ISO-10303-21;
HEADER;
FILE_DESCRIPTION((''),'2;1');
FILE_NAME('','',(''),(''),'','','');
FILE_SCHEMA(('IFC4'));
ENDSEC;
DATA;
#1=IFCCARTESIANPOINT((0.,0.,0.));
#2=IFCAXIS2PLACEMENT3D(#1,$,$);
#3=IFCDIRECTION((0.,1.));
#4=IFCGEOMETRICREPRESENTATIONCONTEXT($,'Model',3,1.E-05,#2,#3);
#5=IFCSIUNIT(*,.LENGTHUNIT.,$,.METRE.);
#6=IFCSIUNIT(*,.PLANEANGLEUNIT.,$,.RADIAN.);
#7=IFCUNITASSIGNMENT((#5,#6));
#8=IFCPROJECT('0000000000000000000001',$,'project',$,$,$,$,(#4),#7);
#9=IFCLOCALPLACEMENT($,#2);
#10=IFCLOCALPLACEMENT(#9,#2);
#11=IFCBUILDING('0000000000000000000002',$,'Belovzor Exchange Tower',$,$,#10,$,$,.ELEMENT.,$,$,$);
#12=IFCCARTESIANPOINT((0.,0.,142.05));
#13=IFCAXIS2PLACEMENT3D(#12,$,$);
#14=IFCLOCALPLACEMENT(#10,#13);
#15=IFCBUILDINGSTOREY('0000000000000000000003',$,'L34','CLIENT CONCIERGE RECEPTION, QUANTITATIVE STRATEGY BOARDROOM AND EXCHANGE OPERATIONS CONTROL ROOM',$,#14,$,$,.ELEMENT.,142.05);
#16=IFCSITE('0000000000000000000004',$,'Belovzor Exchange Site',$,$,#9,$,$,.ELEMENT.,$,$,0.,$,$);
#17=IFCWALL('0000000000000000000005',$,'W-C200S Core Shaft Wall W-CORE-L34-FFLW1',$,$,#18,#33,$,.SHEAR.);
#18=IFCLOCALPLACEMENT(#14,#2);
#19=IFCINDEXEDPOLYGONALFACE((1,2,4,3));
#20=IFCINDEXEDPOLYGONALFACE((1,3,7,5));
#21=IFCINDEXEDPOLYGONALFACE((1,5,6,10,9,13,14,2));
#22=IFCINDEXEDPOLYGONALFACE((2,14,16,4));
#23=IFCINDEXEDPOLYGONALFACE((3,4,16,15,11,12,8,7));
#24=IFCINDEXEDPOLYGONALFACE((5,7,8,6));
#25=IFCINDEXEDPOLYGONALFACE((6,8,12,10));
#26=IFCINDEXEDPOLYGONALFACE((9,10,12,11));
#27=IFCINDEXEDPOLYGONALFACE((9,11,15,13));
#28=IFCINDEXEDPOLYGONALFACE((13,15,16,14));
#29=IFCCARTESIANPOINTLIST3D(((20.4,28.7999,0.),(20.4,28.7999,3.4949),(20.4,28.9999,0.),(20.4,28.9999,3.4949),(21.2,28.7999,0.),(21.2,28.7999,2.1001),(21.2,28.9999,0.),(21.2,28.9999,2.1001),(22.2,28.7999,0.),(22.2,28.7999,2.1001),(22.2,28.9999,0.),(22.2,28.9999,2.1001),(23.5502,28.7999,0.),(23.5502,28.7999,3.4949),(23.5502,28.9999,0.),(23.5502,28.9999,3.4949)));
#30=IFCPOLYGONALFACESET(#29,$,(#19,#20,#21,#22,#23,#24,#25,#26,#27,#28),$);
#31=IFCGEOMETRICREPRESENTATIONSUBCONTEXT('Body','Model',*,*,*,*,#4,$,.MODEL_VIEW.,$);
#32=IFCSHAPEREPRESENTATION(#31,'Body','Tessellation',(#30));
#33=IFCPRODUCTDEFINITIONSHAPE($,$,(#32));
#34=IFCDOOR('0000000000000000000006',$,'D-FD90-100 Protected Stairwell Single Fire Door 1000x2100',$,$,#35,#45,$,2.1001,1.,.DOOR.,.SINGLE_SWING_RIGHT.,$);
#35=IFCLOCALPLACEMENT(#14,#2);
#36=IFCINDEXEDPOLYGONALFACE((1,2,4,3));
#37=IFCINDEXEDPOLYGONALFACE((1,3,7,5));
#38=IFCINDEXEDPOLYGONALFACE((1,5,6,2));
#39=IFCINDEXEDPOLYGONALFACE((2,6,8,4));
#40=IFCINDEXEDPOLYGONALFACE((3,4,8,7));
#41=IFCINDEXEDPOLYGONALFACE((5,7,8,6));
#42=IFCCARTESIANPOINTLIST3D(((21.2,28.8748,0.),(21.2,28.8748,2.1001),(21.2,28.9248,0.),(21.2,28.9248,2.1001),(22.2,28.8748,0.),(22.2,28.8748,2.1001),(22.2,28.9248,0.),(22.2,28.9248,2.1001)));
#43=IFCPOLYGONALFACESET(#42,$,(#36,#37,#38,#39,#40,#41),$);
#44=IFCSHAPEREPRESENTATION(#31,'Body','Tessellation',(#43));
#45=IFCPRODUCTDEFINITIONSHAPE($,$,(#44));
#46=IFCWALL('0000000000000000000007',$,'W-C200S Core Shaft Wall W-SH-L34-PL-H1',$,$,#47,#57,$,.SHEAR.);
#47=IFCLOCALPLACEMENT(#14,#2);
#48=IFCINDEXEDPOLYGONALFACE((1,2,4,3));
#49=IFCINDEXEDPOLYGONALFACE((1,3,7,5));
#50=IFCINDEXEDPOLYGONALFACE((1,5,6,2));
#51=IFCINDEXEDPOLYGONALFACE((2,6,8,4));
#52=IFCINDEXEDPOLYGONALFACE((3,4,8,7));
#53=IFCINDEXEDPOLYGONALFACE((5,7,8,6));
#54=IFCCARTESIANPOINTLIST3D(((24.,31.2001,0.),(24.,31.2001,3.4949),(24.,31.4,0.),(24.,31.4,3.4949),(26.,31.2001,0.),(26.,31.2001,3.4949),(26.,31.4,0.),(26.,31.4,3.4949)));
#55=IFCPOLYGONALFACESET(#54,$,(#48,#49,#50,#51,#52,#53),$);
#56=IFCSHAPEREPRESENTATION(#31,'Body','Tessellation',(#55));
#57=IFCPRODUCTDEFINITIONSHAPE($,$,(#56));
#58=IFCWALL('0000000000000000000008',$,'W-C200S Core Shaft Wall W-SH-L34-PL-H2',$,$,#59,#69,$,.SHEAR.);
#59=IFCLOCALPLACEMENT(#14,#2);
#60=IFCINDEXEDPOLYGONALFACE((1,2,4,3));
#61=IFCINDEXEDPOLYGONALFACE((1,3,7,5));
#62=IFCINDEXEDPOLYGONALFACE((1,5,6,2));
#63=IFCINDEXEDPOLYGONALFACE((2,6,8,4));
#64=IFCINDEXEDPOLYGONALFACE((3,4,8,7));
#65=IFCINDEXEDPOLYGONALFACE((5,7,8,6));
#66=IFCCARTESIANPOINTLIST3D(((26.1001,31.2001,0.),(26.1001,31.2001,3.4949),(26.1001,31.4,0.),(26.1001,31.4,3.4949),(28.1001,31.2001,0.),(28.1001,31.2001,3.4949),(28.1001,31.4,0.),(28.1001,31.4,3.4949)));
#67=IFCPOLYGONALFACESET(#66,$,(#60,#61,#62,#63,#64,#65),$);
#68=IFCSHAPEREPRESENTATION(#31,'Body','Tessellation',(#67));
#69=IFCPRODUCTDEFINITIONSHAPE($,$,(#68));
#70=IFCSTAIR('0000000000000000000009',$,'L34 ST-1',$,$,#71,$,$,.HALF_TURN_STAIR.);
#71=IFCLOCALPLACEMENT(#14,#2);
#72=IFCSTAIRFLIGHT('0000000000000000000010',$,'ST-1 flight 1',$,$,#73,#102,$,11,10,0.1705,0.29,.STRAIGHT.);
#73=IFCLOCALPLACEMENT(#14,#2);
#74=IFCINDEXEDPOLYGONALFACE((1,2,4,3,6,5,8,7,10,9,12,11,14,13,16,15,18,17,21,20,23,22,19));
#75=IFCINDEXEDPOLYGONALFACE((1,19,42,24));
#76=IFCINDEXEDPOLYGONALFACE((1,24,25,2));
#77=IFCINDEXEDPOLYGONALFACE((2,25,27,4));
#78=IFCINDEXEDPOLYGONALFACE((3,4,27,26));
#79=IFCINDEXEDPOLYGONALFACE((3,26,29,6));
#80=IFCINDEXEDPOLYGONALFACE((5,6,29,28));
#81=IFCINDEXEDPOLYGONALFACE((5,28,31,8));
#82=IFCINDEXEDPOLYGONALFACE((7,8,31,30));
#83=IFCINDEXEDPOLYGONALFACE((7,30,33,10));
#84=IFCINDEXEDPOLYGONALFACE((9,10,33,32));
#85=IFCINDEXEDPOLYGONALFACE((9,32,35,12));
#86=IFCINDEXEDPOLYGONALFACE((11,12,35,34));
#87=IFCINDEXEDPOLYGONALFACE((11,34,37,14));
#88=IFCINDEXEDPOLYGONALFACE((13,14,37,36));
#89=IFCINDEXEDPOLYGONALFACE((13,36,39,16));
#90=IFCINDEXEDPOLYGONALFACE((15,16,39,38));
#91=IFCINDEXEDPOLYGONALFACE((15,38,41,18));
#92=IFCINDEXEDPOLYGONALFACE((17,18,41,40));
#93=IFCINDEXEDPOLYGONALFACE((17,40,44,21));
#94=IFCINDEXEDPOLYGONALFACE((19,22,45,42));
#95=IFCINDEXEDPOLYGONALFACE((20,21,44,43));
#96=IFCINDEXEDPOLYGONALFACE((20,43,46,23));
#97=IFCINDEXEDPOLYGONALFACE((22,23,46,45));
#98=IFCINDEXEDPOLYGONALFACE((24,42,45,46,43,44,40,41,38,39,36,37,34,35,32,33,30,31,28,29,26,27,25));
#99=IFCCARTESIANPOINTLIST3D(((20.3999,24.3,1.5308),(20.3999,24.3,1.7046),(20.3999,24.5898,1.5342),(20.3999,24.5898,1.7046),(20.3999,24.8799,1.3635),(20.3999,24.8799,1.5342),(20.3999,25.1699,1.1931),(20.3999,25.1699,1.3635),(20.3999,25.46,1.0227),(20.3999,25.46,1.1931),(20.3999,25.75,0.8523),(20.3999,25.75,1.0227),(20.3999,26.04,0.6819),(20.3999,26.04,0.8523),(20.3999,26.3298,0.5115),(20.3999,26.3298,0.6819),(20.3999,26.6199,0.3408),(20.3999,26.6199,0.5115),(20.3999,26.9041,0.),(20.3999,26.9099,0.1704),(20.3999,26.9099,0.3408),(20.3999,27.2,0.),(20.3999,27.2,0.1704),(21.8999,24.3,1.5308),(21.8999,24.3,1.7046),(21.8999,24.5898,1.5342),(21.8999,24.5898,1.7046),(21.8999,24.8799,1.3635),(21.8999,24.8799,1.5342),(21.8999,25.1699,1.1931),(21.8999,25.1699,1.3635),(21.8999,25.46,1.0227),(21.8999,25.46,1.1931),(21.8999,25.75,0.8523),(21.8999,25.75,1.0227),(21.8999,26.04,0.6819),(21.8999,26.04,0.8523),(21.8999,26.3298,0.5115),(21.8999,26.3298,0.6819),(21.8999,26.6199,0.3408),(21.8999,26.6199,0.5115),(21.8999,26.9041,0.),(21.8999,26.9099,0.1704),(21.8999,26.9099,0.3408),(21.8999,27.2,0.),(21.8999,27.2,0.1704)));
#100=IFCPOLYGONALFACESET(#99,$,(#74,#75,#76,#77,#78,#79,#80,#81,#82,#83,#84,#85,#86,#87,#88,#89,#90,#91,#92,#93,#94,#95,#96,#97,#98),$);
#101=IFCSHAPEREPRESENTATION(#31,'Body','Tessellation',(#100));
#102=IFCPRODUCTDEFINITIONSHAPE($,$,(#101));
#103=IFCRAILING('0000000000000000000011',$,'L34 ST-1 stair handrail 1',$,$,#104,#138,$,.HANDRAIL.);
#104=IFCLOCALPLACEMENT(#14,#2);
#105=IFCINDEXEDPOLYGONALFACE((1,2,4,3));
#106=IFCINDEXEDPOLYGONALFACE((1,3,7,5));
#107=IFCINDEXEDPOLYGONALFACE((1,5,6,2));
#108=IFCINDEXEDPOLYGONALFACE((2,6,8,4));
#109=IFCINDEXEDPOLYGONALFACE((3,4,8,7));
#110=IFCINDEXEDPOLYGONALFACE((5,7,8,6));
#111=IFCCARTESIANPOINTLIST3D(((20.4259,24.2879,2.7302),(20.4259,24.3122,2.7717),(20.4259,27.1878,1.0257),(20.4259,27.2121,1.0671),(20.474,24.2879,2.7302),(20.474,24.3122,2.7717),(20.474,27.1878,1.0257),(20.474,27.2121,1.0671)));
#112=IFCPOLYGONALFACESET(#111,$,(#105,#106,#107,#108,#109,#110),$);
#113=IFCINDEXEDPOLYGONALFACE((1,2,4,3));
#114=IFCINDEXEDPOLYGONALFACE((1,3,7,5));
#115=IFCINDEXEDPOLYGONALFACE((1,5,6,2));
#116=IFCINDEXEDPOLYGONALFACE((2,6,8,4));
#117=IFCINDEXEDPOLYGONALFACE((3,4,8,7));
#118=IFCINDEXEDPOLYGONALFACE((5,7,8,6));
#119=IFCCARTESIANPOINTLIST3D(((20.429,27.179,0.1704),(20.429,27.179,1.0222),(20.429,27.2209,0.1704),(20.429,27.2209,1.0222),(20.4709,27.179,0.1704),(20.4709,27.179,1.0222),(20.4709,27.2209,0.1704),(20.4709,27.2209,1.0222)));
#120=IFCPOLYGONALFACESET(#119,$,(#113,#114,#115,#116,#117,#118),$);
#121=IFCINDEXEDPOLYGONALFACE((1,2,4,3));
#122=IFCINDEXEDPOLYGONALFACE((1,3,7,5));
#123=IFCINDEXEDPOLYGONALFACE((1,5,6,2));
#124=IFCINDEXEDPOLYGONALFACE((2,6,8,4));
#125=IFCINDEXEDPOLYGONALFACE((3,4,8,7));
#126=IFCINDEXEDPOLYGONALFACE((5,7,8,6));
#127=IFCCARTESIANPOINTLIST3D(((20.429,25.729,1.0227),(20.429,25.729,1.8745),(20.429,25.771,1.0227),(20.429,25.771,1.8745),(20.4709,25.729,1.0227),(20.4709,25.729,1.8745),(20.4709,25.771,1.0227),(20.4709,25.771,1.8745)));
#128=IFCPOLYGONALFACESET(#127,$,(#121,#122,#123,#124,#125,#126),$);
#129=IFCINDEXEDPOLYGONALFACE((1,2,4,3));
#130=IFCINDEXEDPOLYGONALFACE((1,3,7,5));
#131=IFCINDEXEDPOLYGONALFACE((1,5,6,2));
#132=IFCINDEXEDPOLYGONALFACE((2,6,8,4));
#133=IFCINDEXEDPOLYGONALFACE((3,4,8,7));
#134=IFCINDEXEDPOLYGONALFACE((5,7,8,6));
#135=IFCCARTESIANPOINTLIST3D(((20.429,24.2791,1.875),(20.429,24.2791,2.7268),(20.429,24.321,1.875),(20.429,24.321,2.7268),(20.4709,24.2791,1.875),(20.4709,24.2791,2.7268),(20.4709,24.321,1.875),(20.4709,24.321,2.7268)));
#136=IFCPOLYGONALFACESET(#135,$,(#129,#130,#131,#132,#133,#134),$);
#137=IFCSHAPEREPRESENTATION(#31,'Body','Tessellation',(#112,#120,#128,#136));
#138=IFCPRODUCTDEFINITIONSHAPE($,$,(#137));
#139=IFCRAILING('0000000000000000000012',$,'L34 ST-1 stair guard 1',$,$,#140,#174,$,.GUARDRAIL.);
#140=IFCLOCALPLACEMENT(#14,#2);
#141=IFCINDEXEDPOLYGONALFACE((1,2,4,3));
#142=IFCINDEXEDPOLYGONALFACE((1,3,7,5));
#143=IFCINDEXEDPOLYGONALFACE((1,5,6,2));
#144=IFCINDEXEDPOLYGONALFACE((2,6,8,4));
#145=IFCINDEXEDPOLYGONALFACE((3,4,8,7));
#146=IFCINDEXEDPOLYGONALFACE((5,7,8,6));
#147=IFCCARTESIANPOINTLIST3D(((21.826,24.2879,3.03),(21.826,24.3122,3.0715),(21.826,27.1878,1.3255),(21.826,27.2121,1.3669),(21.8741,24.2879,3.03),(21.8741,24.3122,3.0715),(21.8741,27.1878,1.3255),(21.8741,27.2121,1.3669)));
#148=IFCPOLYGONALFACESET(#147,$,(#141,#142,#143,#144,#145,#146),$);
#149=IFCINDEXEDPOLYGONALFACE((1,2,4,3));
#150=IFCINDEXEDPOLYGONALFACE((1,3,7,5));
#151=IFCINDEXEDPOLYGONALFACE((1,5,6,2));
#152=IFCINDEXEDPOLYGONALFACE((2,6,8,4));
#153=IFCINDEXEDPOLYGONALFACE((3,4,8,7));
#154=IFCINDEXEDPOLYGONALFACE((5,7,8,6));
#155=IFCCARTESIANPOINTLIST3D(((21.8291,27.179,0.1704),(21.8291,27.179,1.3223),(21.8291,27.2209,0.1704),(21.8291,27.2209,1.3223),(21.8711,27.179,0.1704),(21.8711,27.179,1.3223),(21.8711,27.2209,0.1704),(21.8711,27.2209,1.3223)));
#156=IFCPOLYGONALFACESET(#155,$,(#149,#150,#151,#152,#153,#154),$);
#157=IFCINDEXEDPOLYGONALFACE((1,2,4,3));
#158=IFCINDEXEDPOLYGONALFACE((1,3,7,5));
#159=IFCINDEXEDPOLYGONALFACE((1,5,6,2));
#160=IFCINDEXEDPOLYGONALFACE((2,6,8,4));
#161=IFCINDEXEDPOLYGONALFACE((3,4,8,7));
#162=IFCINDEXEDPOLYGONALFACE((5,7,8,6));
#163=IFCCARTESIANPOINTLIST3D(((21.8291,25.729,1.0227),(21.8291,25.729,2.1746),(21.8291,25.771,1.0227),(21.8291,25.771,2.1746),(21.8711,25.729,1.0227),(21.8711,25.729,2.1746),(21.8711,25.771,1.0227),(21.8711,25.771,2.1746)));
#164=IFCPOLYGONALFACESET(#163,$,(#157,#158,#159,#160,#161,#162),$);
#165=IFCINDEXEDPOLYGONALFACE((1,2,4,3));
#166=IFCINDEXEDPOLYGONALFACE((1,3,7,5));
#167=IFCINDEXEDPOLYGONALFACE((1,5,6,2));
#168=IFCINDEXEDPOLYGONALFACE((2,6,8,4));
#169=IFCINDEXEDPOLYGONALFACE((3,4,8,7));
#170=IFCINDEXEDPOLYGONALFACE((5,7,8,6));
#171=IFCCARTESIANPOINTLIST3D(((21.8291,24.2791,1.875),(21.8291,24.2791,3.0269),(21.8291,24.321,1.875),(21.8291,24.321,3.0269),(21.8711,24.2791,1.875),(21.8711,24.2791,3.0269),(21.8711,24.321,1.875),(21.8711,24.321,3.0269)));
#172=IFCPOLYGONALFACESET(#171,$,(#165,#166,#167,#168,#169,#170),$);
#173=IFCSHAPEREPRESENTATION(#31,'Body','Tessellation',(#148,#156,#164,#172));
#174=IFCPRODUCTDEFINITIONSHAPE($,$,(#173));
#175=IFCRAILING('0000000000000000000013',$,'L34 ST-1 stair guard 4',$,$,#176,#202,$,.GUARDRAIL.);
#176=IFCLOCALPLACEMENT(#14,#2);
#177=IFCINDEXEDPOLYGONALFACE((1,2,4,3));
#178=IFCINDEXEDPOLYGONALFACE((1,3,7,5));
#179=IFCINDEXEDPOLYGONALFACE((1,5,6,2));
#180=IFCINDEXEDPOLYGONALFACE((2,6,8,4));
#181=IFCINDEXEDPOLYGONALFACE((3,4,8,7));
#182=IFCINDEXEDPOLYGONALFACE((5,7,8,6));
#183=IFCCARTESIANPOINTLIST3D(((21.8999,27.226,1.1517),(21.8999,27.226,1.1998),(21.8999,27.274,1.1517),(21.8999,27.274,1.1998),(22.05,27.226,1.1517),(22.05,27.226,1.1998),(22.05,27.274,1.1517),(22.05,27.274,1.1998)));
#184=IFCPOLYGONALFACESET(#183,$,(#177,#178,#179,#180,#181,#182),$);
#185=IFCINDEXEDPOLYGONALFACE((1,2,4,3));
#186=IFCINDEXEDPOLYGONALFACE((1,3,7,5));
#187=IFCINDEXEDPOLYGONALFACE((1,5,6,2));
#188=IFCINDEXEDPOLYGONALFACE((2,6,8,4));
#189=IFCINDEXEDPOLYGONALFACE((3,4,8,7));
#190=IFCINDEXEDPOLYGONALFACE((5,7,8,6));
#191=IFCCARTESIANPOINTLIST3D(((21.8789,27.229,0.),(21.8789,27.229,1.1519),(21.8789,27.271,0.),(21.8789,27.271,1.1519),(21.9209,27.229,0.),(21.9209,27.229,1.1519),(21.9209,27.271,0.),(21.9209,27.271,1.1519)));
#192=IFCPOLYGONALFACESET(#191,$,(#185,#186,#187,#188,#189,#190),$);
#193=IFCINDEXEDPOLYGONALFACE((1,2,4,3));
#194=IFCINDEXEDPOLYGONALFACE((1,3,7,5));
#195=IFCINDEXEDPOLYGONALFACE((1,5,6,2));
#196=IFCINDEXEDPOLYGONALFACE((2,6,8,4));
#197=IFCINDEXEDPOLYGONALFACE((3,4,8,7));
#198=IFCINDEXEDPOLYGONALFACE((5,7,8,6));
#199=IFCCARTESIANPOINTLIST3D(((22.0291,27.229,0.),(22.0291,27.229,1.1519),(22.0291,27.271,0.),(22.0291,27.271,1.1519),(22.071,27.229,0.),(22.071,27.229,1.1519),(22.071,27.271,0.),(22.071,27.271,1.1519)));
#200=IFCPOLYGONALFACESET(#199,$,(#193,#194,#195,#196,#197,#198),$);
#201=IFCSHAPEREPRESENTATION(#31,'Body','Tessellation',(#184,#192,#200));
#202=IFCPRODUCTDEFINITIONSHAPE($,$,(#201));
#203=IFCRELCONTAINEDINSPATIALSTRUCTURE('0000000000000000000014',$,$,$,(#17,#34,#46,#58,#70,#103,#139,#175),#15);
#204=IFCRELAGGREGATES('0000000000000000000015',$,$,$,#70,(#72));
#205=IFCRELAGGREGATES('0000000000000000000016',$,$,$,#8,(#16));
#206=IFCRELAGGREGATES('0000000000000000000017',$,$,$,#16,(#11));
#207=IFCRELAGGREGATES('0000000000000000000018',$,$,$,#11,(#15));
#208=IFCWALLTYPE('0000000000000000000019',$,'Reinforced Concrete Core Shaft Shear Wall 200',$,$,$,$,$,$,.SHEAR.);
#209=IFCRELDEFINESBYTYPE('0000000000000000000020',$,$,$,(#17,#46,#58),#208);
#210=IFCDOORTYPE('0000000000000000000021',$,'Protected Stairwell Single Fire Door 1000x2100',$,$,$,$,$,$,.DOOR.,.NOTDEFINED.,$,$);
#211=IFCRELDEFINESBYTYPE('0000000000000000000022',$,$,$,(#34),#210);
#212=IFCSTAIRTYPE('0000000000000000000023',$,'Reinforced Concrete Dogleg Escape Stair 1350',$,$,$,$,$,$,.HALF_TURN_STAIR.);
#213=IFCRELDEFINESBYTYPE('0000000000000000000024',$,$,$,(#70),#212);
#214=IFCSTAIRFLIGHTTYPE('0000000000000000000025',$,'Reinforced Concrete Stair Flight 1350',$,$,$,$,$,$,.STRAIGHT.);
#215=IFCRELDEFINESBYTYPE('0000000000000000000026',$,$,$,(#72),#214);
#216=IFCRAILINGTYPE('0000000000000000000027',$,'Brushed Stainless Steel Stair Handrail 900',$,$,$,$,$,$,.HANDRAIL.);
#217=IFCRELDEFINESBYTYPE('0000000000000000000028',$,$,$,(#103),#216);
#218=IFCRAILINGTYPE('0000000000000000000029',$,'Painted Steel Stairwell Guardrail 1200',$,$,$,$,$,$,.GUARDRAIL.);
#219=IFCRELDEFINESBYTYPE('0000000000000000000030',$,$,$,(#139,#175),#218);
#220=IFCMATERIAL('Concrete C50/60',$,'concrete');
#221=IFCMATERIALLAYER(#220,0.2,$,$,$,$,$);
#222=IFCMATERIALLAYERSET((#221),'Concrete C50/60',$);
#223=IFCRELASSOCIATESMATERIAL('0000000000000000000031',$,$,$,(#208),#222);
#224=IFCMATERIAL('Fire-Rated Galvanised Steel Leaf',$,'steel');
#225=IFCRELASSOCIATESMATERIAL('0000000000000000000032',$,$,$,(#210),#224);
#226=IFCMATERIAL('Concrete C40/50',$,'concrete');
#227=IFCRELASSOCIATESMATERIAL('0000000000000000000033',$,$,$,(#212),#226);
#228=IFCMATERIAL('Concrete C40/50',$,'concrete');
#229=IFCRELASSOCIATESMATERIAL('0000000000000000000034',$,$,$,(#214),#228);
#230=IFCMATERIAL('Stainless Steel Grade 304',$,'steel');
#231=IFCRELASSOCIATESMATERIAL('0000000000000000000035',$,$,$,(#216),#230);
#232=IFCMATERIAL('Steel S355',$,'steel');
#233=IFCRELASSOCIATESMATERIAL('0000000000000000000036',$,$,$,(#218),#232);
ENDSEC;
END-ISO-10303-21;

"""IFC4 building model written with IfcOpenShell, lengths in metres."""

from ifc_helpers import new_model, si_unit, direction, frame, frame_2d, origin, origin_2d, place, context, subcontext, project, spatial, polyline, rectangle, outline, extrude, material, layer, layer_set, type_object, element, fill, aggregate, save


model = new_model("IFC4")

# Units and contexts
model_context = context("Model", 3, precision=1e-05, world=origin(), true_north=direction((0.0, 1.0)))
body_context = subcontext(model_context, "Body", "Model", "MODEL_VIEW")
ifc_project = project(units=[si_unit("LENGTHUNIT", "METRE"), si_unit("PLANEANGLEUNIT", "RADIAN")], contexts=[model_context])

# Site, building, storey
site_placement = place(None, origin())
site = spatial("IfcSite", under=ifc_project, at=site_placement, Name="Belovzor Exchange Site", CompositionType="ELEMENT", RefElevation=0.0)
building_placement = place(site_placement, origin())
building = spatial("IfcBuilding", under=site, at=building_placement, Name="Belovzor Exchange Tower", CompositionType="ELEMENT")
storey_placement = place(building_placement, frame((0.0, 0.0, 142.05)))
storey = spatial("IfcBuildingStorey", under=building, at=storey_placement, Name="L34", Description="CLIENT CONCIERGE RECEPTION, QUANTITATIVE STRATEGY BOARDROOM AND EXCHANGE OPERATIONS CONTROL ROOM", CompositionType="ELEMENT", Elevation=142.05)

# Wall, opening, door
ifc_material_1 = material(Name="Concrete C50/60", Category="concrete")
ifc_layer_1 = layer(ifc_material_1, 0.2)
ifc_layer_set_1 = layer_set([ifc_layer_1], Name="Concrete C50/60")
wall_type_1 = type_object("IfcWallType", Name="Reinforced Concrete Core Shaft Shear Wall 200", PredefinedType="SHEAR", material=ifc_layer_set_1)
wall_1_placement = place(storey_placement, frame((20.3999, 28.8999, 0.0), z_axis=(0.0, 0.0, 1.0), x_axis=(1.0, 0.0, 0.0)))
wall_1 = element("IfcWall", 1, at=wall_1_placement, inside=storey, type_object=wall_type_1, Name="W-C200S Core Shaft Wall W-CORE-L34-FFLW1", PredefinedType="SHEAR", context=body_context, shape_type="SweptSolid", body=[
    extrude(rectangle(XDim=3.1501, YDim=0.2, at=frame_2d((1.5752, 0.0))), origin(), (0.0, 0.0, 1.0), 3.4949),
])
opening_1_placement = place(wall_1_placement, frame((0.8, 0.0, 0.0)))
opening_1 = element("IfcOpeningElement", 2, at=opening_1_placement, cuts=wall_1, PredefinedType="OPENING", context=body_context, shape_type="SweptSolid", body=[
    extrude(rectangle(XDim=1.0, YDim=2.1001, at=frame_2d((0.5, 1.05))), frame((0.0, 0.1099, 0.0), z_axis=(0.0, -1.0, 0.0), x_axis=(1.0, 0.0, 0.0)), (0.0, 0.0, 1.0), 0.22),
])
ifc_material_2 = material(Name="Fire-Rated Galvanised Steel Leaf", Category="steel")
door_type_1 = type_object("IfcDoorType", Name="Protected Stairwell Single Fire Door 1000x2100", OperationType="NOTDEFINED", PredefinedType="DOOR", material=ifc_material_2)
door_1_placement = place(opening_1_placement, origin())
door_1 = element("IfcDoor", 3, at=door_1_placement, inside=storey, type_object=door_type_1, Name="D-FD90-100 Protected Stairwell Single Fire Door 1000x2100", OperationType="SINGLE_SWING_RIGHT", OverallHeight=2.1001, OverallWidth=1.0, PredefinedType="DOOR", context=body_context, shape_type="SweptSolid", body=[
    extrude(rectangle(XDim=1.0, YDim=2.1001, at=frame_2d((0.5, 1.05))), frame((0.0, 0.0249, 0.0), z_axis=(0.0, -1.0, 0.0), x_axis=(1.0, 0.0, 0.0)), (0.0, 0.0, 1.0), 0.05),
])
fill(opening_1, door_1)

# Walls
for number, where, z_axis, x_axis, name in (
    (4, (24.0, 31.3, 0.0), (0.0, 0.0, 1.0), (1.0, 0.0, 0.0), "W-C200S Core Shaft Wall W-SH-L34-PL-H1"),
    (5, (26.1001, 31.3, 0.0), (0.0, 0.0, 1.0), (1.0, 0.0, 0.0), "W-C200S Core Shaft Wall W-SH-L34-PL-H2"),
):
    element("IfcWall", number, at=place(storey_placement, frame(where, z_axis=z_axis, x_axis=x_axis)), inside=storey, type_object=wall_type_1, Name=name, PredefinedType="SHEAR", context=body_context, shape_type="SweptSolid", body=[
        extrude(rectangle(XDim=2.0, YDim=0.2, at=frame_2d((1.0, 0.0))), origin(), (0.0, 0.0, 1.0), 3.4949),
    ])

# Stair, stair flight
ifc_material_3 = material(Name="Concrete C40/50", Category="concrete")
stair_type = type_object("IfcStairType", Name="Reinforced Concrete Dogleg Escape Stair 1350", PredefinedType="HALF_TURN_STAIR", material=ifc_material_3)
stair_placement = place(storey_placement, origin())
stair = element("IfcStair", 6, at=stair_placement, inside=storey, type_object=stair_type, Name="L34 ST-1", PredefinedType="HALF_TURN_STAIR")
ifc_material_4 = material(Name="Concrete C40/50", Category="concrete")
stair_flight_type = type_object("IfcStairFlightType", Name="Reinforced Concrete Stair Flight 1350", PredefinedType="STRAIGHT", material=ifc_material_4)
stair_flight_placement = place(storey_placement, frame((21.1499, 27.2, 0.0), z_axis=(0.0, 0.0, 1.0), x_axis=(0.0, -1.0, 0.0)))
stair_flight = element("IfcStairFlight", 7, at=stair_flight_placement, type_object=stair_flight_type, Name="ST-1 flight 1", NumberOfRisers=11, NumberOfTreads=10, PredefinedType="STRAIGHT", RiserHeight=0.1705, TreadLength=0.29, context=body_context, shape_type="SweptSolid", body=[
    extrude(outline(polyline([(0.0, 0.0), (0.0, 0.1704), (0.29, 0.1704), (0.29, 0.3408), (0.5801, 0.3408), (0.5801, 0.5115), (0.8701, 0.5115), (0.8701, 0.6819), (1.1599, 0.6819), (1.1599, 0.8523), (1.45, 0.8523), (1.45, 1.0227), (1.74, 1.0227), (1.74, 1.1931), (2.03, 1.1931), (2.03, 1.3635), (2.3201, 1.3635), (2.3201, 1.5342), (2.6101, 1.5342), (2.6101, 1.7046), (2.8999, 1.7046), (2.8999, 1.875), (2.8999, 1.5308), (0.2959, 0.0), (0.0, 0.0)])), frame((0.0, 0.75, 0.0), z_axis=(0.0, -1.0, 0.0), x_axis=(1.0, 0.0, 0.0)), (0.0, 0.0, 1.0), 1.5),
])
aggregate(stair, [stair_flight])

# Railings
ifc_material_5 = material(Name="Stainless Steel Grade 304", Category="steel")
railing_type_1 = type_object("IfcRailingType", Name="Brushed Stainless Steel Stair Handrail 900", PredefinedType="HANDRAIL", material=ifc_material_5)
railing_1_placement = place(storey_placement, frame((20.45, 27.2, 0.1704)))
element("IfcRailing", 8, at=railing_1_placement, inside=storey, type_object=railing_type_1, Name="L34 ST-1 stair handrail 1", PredefinedType="HANDRAIL", context=body_context, shape_type="SweptSolid", body=[
    extrude(rectangle(XDim=0.0481, YDim=0.0481, at=origin_2d()), frame((0.0, 0.0, 0.876), z_axis=(0.0, -0.862095, 0.506747), x_axis=(1.0, 0.0, 0.0)), (0.0, 0.0, 1.0), 3.3638),
    extrude(rectangle(XDim=0.042, YDim=0.042, at=origin_2d()), origin(), (0.0, 0.0, 1.0), 0.8518),
    extrude(rectangle(XDim=0.042, YDim=0.042, at=origin_2d()), frame((0.0, -1.45, 0.8523)), (0.0, 0.0, 1.0), 0.8518),
    extrude(rectangle(XDim=0.042, YDim=0.042, at=origin_2d()), frame((0.0, -2.8999, 1.7046)), (0.0, 0.0, 1.0), 0.8518),
])
ifc_material_6 = material(Name="Steel S355", Category="steel")
railing_type_2 = type_object("IfcRailingType", Name="Painted Steel Stairwell Guardrail 1200", PredefinedType="GUARDRAIL", material=ifc_material_6)
railing_2_placement = place(storey_placement, frame((21.8501, 27.2, 0.1704)))
element("IfcRailing", 9, at=railing_2_placement, inside=storey, type_object=railing_type_2, Name="L34 ST-1 stair guard 1", PredefinedType="GUARDRAIL", context=body_context, shape_type="SweptSolid", body=[
    extrude(rectangle(XDim=0.0481, YDim=0.0481, at=origin_2d()), frame((0.0, 0.0, 1.1758), z_axis=(0.0, -0.862095, 0.506747), x_axis=(1.0, 0.0, 0.0)), (0.0, 0.0, 1.0), 3.3638),
    extrude(rectangle(XDim=0.042, YDim=0.042, at=origin_2d()), origin(), (0.0, 0.0, 1.0), 1.1519),
    extrude(rectangle(XDim=0.042, YDim=0.042, at=origin_2d()), frame((0.0, -1.45, 0.8523)), (0.0, 0.0, 1.0), 1.1519),
    extrude(rectangle(XDim=0.042, YDim=0.042, at=origin_2d()), frame((0.0, -2.8999, 1.7046)), (0.0, 0.0, 1.0), 1.1519),
])
railing_3_placement = place(storey_placement, frame((21.8999, 27.25, 0.0)))
element("IfcRailing", 10, at=railing_3_placement, inside=storey, type_object=railing_type_2, Name="L34 ST-1 stair guard 4", PredefinedType="GUARDRAIL", context=body_context, shape_type="SweptSolid", body=[
    extrude(rectangle(XDim=0.0481, YDim=0.0481, at=origin_2d()), frame((0.0, 0.0, 1.1758), z_axis=(1.0, 0.0, 0.0), x_axis=(0.0, 1.0, 0.0)), (0.0, 0.0, 1.0), 0.1501),
    extrude(rectangle(XDim=0.042, YDim=0.042, at=origin_2d()), origin(), (0.0, 0.0, 1.0), 1.1519),
    extrude(rectangle(XDim=0.042, YDim=0.042, at=origin_2d()), frame((0.1501, 0.0, 0.0)), (0.0, 0.0, 1.0), 1.1519),
])

save(model, "model.ifc")
